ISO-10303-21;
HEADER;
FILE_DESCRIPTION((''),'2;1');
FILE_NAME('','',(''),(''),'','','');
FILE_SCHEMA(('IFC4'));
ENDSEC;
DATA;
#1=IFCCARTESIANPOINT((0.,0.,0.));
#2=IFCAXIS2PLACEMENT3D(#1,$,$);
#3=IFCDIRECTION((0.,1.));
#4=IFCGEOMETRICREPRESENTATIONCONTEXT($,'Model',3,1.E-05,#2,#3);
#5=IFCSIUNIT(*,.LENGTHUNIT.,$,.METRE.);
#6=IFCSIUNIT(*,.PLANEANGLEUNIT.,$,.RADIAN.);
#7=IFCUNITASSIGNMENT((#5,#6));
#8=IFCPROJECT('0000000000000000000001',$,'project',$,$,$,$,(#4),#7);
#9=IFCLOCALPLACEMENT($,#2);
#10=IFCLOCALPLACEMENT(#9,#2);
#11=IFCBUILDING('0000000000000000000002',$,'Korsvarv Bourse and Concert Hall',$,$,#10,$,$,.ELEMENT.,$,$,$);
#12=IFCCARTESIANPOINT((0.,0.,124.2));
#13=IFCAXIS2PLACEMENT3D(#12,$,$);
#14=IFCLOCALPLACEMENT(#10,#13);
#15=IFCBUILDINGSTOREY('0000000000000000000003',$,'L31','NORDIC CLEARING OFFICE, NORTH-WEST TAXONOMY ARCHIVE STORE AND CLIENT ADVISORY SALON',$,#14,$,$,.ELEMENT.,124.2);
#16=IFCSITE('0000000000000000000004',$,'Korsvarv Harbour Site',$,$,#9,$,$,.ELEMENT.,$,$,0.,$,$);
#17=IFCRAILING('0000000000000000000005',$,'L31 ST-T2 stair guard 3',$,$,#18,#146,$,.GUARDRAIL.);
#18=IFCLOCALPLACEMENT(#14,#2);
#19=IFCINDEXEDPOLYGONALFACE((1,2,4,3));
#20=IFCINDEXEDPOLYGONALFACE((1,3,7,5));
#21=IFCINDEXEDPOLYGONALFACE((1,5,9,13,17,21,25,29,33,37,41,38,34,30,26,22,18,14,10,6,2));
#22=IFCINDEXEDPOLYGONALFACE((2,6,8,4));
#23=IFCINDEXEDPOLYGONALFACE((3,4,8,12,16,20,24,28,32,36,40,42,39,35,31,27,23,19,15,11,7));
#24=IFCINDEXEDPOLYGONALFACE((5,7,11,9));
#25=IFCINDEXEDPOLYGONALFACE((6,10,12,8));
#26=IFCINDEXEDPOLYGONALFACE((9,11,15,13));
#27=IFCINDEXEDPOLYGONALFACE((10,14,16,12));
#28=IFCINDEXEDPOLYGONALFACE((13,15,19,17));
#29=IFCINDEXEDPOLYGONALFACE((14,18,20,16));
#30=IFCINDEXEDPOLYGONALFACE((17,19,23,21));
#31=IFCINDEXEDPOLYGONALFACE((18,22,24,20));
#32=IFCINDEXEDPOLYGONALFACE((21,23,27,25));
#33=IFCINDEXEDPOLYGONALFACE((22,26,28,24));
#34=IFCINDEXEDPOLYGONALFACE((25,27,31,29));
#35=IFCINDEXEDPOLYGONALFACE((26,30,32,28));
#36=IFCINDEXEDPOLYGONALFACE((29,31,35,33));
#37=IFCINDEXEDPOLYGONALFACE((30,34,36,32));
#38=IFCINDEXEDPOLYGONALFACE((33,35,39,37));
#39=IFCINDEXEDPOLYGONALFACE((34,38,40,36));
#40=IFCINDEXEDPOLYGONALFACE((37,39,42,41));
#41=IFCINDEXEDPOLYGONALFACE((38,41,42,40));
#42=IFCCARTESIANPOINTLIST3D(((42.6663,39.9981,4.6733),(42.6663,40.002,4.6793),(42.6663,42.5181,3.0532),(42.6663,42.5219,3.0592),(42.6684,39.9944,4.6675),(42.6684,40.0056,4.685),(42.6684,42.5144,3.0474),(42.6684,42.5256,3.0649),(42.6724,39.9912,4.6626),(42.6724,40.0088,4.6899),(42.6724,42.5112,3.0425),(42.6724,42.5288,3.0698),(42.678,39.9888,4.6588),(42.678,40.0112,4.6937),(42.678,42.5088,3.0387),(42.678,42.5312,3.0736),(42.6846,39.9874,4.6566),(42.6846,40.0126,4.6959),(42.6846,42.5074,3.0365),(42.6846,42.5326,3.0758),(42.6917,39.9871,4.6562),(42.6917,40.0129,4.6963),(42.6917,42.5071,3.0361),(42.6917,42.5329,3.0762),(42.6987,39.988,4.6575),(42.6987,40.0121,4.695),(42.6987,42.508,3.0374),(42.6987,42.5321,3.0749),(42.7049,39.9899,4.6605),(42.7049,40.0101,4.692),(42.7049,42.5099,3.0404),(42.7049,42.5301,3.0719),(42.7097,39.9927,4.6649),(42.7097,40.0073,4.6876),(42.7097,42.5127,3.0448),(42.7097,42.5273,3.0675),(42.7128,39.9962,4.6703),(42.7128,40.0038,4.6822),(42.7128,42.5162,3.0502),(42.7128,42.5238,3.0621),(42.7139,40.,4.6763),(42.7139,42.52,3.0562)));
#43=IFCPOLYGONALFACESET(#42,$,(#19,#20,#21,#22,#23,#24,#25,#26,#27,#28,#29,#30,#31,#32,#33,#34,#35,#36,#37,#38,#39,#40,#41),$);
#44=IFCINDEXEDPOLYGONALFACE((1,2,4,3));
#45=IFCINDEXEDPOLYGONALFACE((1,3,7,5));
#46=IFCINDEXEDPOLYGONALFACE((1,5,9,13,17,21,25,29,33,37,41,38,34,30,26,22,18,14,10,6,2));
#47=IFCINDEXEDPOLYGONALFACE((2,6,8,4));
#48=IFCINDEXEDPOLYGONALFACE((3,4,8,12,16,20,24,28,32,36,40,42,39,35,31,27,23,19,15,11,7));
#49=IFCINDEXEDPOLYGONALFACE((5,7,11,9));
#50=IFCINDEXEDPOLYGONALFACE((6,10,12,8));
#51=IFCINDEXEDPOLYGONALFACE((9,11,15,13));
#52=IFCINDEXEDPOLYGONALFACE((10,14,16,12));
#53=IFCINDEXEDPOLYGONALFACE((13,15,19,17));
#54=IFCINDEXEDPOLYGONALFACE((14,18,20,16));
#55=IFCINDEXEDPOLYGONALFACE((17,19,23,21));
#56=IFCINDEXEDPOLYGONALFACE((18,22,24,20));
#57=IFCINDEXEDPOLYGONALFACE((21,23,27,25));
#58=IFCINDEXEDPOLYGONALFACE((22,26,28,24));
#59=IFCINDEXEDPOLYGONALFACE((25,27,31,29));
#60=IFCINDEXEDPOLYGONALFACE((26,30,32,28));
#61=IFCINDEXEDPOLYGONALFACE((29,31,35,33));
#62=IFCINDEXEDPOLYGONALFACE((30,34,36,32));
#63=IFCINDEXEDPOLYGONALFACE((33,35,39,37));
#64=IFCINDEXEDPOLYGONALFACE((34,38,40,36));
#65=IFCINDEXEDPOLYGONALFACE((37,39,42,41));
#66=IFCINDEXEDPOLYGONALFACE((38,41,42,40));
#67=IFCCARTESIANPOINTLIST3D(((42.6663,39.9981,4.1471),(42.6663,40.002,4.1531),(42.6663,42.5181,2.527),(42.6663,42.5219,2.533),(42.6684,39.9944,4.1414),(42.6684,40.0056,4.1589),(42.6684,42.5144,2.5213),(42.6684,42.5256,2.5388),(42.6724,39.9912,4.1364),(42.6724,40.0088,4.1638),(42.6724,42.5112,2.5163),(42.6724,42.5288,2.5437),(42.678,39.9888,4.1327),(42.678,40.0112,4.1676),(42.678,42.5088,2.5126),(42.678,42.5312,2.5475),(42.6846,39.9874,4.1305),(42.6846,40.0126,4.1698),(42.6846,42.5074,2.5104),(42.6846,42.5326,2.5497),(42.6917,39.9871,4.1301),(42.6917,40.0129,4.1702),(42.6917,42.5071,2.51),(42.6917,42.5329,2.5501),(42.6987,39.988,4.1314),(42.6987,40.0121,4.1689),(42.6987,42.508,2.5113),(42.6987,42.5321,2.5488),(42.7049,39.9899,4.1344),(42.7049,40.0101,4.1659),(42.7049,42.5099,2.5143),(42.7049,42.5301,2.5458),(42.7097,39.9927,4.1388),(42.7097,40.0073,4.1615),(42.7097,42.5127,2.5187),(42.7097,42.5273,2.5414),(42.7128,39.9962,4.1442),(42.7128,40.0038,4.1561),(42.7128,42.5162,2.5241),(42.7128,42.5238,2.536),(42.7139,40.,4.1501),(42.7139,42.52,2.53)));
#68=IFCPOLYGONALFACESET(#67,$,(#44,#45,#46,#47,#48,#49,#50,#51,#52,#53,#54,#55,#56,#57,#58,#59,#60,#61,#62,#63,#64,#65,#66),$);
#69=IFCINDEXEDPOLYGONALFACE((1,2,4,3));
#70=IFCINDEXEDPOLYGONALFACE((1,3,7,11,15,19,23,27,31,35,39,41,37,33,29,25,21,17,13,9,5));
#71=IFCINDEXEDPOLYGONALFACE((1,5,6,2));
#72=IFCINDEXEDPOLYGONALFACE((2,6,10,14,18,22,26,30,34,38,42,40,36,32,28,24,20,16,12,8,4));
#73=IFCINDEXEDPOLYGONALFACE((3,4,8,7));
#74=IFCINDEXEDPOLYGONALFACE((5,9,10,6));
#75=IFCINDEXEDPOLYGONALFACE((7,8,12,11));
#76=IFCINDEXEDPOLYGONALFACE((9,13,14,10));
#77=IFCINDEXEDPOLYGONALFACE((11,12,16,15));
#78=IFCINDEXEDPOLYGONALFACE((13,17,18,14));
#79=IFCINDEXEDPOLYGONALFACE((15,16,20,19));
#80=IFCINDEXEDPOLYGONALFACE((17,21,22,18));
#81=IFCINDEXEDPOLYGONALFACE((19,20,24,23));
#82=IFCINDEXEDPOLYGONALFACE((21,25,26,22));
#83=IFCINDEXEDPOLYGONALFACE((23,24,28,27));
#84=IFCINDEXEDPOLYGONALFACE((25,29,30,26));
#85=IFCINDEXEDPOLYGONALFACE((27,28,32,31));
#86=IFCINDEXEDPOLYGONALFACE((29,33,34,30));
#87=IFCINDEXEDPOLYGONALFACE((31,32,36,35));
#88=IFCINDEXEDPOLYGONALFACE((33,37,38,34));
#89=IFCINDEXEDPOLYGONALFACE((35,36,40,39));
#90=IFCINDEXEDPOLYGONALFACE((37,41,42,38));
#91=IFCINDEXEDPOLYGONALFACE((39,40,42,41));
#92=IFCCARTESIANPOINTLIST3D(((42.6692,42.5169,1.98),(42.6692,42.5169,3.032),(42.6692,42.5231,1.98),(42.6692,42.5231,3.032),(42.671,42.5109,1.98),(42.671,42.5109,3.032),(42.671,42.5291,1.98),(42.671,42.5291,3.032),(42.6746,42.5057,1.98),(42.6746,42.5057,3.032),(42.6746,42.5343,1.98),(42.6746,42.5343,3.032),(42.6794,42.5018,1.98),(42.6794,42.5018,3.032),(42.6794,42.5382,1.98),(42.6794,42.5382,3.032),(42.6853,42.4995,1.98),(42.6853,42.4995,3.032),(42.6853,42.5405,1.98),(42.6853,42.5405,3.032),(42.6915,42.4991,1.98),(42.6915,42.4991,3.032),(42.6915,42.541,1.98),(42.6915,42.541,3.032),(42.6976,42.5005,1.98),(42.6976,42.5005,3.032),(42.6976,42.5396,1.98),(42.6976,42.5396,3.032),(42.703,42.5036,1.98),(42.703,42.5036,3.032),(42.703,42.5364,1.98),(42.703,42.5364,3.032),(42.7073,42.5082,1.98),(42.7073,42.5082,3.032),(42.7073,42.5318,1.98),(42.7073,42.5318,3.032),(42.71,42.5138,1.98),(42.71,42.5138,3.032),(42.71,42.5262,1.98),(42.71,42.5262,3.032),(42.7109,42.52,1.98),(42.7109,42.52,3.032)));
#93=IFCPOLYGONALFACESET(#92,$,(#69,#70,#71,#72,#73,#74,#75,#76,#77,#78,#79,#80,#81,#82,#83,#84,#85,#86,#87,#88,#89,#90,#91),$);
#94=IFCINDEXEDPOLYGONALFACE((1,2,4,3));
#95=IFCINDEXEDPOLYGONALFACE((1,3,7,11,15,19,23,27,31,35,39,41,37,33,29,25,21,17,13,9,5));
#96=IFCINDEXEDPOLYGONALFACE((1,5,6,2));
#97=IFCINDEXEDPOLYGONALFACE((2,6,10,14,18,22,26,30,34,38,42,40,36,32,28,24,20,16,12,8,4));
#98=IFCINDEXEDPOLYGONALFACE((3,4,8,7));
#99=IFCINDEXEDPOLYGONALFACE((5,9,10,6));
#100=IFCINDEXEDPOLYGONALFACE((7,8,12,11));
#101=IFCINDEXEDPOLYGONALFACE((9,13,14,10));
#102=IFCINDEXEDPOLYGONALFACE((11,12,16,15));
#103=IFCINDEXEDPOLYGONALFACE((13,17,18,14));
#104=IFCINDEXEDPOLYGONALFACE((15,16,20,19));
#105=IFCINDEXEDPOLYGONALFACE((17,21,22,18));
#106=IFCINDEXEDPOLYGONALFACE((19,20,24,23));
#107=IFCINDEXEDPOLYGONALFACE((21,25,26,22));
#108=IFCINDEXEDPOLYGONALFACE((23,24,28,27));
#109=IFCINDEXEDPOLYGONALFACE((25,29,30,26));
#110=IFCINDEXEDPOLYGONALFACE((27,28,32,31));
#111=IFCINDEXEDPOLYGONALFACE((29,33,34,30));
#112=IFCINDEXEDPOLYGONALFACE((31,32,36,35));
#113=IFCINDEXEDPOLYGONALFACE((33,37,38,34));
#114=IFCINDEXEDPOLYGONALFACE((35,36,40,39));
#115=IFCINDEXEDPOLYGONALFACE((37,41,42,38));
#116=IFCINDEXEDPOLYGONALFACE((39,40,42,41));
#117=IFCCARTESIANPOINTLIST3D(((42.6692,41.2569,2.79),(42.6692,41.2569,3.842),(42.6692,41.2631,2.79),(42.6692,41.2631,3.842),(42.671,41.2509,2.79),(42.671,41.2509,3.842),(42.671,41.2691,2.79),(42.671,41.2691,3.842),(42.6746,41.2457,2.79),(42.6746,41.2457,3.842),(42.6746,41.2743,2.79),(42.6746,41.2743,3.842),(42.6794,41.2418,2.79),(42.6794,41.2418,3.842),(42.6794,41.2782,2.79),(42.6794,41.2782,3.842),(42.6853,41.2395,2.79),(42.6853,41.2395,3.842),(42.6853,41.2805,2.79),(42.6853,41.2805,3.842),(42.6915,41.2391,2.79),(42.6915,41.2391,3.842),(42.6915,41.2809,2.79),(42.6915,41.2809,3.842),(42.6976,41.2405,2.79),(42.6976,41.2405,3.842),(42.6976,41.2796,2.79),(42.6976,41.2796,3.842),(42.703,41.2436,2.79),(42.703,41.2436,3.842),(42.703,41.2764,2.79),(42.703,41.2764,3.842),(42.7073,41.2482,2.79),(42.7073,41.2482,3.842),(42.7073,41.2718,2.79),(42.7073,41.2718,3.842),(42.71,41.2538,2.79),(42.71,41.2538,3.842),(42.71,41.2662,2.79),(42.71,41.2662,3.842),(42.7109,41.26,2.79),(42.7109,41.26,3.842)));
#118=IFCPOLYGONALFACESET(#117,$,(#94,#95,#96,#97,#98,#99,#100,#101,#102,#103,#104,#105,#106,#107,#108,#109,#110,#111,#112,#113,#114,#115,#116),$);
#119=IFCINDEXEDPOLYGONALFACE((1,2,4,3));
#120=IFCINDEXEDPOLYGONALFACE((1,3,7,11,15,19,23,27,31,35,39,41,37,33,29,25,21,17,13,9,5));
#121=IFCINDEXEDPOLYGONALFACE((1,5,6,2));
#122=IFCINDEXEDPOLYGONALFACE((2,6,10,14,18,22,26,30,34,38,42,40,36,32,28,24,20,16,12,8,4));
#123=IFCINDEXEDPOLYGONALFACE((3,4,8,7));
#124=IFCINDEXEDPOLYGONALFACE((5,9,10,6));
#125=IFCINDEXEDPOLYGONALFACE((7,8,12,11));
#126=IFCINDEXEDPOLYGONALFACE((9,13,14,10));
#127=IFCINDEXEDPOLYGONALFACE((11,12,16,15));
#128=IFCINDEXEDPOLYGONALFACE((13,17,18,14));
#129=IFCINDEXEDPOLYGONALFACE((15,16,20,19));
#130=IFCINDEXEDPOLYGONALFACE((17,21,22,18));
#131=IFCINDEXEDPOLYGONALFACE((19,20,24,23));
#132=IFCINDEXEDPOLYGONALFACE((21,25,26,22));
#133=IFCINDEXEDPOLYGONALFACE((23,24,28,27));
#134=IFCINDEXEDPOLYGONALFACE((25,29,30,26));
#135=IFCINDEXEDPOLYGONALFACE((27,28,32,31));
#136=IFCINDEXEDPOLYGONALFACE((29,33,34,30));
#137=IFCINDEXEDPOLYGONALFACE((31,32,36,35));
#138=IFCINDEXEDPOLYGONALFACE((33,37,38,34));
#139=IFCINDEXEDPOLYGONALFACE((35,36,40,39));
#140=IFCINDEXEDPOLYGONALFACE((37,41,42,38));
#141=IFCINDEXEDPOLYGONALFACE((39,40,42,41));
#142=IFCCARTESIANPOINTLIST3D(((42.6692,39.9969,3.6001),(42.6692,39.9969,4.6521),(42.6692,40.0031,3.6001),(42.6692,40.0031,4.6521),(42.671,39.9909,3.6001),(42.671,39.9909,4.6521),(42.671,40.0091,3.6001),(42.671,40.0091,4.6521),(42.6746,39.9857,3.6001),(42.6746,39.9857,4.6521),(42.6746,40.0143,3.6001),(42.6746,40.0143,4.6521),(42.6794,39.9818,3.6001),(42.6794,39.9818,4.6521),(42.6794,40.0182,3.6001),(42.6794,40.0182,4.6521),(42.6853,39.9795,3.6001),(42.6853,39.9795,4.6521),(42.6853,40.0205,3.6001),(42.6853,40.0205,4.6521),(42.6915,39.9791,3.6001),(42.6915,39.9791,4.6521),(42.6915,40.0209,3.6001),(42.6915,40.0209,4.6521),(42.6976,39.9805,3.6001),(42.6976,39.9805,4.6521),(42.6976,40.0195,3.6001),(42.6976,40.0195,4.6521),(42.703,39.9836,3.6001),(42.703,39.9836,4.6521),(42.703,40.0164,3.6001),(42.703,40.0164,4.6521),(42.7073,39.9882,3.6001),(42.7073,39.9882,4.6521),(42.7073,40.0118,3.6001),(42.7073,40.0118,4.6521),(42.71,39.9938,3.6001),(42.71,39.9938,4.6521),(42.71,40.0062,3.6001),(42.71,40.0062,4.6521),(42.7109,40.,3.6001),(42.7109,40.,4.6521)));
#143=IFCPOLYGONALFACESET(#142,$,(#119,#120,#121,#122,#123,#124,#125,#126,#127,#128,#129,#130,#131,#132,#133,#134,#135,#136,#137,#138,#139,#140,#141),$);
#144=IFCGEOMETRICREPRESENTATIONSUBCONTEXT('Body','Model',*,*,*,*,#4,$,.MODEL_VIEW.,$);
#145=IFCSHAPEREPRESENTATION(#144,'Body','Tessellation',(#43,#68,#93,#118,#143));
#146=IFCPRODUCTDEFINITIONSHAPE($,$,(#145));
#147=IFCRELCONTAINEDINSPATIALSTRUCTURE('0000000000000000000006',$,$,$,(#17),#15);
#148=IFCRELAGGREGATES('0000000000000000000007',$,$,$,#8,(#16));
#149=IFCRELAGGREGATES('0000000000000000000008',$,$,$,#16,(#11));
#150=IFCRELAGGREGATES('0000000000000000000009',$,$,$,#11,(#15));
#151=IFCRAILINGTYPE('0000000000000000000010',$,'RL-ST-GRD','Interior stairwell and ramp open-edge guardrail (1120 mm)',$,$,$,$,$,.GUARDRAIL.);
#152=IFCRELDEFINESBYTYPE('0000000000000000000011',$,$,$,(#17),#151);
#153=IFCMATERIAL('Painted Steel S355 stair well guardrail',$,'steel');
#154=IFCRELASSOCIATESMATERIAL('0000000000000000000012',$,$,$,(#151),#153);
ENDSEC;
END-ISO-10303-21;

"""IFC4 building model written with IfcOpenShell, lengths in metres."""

from ifc_helpers import new_model, si_unit, direction, frame, origin, origin_2d, place, context, subcontext, project, spatial, circle, extrude, material, type_object, element, save


model = new_model("IFC4")

# Units and contexts
model_context = context("Model", 3, precision=1e-05, world=origin(), true_north=direction((0.0, 1.0)))
body_context = subcontext(model_context, "Body", "Model", "MODEL_VIEW")
ifc_project = project(units=[si_unit("LENGTHUNIT", "METRE"), si_unit("PLANEANGLEUNIT", "RADIAN")], contexts=[model_context])

# Site, building, storey
site_placement = place(None, origin())
site = spatial("IfcSite", under=ifc_project, at=site_placement, Name="Korsvarv Harbour Site", CompositionType="ELEMENT", RefElevation=0.0)
building_placement = place(site_placement, origin())
building = spatial("IfcBuilding", under=site, at=building_placement, Name="Korsvarv Bourse and Concert Hall", CompositionType="ELEMENT")
storey_placement = place(building_placement, frame((0.0, 0.0, 124.2)))
storey = spatial("IfcBuildingStorey", under=building, at=storey_placement, Name="L31", Description="NORDIC CLEARING OFFICE, NORTH-WEST TAXONOMY ARCHIVE STORE AND CLIENT ADVISORY SALON", CompositionType="ELEMENT", Elevation=124.2)

# Railing
ifc_material_1 = material(Name="Painted Steel S355 stair well guardrail", Category="steel")
railing_type_1 = type_object("IfcRailingType", Name="RL-ST-GRD", Description="Interior stairwell and ramp open-edge guardrail (1120 mm)", PredefinedType="GUARDRAIL", material=ifc_material_1)
railing_1_placement = place(storey_placement, frame((42.6899, 42.52, 1.98)))
element("IfcRailing", 1, at=railing_1_placement, inside=storey, type_object=railing_type_1, Name="L31 ST-T2 stair guard 3", PredefinedType="GUARDRAIL", context=body_context, shape_type="SweptSolid", body=[
    extrude(circle(Radius=0.0239, at=origin_2d()), frame((0.0, 0.0, 1.0762), z_axis=(0.0, -0.841163, 0.540782), x_axis=(1.0, 0.0, 0.0)), (0.0, 0.0, 1.0), 2.9958),
    extrude(circle(Radius=0.0239, at=origin_2d()), frame((0.0, 0.0, 0.55), z_axis=(0.0, -0.841163, 0.540782), x_axis=(1.0, 0.0, 0.0)), (0.0, 0.0, 1.0), 2.9958),
    extrude(circle(Radius=0.021, at=origin_2d()), origin(), (0.0, 0.0, 1.0), 1.052),
    extrude(circle(Radius=0.021, at=origin_2d()), frame((0.0, -1.26, 0.8101)), (0.0, 0.0, 1.0), 1.052),
    extrude(circle(Radius=0.021, at=origin_2d()), frame((0.0, -2.52, 1.6201)), (0.0, 0.0, 1.0), 1.052),
])

save(model, "model.ifc")
